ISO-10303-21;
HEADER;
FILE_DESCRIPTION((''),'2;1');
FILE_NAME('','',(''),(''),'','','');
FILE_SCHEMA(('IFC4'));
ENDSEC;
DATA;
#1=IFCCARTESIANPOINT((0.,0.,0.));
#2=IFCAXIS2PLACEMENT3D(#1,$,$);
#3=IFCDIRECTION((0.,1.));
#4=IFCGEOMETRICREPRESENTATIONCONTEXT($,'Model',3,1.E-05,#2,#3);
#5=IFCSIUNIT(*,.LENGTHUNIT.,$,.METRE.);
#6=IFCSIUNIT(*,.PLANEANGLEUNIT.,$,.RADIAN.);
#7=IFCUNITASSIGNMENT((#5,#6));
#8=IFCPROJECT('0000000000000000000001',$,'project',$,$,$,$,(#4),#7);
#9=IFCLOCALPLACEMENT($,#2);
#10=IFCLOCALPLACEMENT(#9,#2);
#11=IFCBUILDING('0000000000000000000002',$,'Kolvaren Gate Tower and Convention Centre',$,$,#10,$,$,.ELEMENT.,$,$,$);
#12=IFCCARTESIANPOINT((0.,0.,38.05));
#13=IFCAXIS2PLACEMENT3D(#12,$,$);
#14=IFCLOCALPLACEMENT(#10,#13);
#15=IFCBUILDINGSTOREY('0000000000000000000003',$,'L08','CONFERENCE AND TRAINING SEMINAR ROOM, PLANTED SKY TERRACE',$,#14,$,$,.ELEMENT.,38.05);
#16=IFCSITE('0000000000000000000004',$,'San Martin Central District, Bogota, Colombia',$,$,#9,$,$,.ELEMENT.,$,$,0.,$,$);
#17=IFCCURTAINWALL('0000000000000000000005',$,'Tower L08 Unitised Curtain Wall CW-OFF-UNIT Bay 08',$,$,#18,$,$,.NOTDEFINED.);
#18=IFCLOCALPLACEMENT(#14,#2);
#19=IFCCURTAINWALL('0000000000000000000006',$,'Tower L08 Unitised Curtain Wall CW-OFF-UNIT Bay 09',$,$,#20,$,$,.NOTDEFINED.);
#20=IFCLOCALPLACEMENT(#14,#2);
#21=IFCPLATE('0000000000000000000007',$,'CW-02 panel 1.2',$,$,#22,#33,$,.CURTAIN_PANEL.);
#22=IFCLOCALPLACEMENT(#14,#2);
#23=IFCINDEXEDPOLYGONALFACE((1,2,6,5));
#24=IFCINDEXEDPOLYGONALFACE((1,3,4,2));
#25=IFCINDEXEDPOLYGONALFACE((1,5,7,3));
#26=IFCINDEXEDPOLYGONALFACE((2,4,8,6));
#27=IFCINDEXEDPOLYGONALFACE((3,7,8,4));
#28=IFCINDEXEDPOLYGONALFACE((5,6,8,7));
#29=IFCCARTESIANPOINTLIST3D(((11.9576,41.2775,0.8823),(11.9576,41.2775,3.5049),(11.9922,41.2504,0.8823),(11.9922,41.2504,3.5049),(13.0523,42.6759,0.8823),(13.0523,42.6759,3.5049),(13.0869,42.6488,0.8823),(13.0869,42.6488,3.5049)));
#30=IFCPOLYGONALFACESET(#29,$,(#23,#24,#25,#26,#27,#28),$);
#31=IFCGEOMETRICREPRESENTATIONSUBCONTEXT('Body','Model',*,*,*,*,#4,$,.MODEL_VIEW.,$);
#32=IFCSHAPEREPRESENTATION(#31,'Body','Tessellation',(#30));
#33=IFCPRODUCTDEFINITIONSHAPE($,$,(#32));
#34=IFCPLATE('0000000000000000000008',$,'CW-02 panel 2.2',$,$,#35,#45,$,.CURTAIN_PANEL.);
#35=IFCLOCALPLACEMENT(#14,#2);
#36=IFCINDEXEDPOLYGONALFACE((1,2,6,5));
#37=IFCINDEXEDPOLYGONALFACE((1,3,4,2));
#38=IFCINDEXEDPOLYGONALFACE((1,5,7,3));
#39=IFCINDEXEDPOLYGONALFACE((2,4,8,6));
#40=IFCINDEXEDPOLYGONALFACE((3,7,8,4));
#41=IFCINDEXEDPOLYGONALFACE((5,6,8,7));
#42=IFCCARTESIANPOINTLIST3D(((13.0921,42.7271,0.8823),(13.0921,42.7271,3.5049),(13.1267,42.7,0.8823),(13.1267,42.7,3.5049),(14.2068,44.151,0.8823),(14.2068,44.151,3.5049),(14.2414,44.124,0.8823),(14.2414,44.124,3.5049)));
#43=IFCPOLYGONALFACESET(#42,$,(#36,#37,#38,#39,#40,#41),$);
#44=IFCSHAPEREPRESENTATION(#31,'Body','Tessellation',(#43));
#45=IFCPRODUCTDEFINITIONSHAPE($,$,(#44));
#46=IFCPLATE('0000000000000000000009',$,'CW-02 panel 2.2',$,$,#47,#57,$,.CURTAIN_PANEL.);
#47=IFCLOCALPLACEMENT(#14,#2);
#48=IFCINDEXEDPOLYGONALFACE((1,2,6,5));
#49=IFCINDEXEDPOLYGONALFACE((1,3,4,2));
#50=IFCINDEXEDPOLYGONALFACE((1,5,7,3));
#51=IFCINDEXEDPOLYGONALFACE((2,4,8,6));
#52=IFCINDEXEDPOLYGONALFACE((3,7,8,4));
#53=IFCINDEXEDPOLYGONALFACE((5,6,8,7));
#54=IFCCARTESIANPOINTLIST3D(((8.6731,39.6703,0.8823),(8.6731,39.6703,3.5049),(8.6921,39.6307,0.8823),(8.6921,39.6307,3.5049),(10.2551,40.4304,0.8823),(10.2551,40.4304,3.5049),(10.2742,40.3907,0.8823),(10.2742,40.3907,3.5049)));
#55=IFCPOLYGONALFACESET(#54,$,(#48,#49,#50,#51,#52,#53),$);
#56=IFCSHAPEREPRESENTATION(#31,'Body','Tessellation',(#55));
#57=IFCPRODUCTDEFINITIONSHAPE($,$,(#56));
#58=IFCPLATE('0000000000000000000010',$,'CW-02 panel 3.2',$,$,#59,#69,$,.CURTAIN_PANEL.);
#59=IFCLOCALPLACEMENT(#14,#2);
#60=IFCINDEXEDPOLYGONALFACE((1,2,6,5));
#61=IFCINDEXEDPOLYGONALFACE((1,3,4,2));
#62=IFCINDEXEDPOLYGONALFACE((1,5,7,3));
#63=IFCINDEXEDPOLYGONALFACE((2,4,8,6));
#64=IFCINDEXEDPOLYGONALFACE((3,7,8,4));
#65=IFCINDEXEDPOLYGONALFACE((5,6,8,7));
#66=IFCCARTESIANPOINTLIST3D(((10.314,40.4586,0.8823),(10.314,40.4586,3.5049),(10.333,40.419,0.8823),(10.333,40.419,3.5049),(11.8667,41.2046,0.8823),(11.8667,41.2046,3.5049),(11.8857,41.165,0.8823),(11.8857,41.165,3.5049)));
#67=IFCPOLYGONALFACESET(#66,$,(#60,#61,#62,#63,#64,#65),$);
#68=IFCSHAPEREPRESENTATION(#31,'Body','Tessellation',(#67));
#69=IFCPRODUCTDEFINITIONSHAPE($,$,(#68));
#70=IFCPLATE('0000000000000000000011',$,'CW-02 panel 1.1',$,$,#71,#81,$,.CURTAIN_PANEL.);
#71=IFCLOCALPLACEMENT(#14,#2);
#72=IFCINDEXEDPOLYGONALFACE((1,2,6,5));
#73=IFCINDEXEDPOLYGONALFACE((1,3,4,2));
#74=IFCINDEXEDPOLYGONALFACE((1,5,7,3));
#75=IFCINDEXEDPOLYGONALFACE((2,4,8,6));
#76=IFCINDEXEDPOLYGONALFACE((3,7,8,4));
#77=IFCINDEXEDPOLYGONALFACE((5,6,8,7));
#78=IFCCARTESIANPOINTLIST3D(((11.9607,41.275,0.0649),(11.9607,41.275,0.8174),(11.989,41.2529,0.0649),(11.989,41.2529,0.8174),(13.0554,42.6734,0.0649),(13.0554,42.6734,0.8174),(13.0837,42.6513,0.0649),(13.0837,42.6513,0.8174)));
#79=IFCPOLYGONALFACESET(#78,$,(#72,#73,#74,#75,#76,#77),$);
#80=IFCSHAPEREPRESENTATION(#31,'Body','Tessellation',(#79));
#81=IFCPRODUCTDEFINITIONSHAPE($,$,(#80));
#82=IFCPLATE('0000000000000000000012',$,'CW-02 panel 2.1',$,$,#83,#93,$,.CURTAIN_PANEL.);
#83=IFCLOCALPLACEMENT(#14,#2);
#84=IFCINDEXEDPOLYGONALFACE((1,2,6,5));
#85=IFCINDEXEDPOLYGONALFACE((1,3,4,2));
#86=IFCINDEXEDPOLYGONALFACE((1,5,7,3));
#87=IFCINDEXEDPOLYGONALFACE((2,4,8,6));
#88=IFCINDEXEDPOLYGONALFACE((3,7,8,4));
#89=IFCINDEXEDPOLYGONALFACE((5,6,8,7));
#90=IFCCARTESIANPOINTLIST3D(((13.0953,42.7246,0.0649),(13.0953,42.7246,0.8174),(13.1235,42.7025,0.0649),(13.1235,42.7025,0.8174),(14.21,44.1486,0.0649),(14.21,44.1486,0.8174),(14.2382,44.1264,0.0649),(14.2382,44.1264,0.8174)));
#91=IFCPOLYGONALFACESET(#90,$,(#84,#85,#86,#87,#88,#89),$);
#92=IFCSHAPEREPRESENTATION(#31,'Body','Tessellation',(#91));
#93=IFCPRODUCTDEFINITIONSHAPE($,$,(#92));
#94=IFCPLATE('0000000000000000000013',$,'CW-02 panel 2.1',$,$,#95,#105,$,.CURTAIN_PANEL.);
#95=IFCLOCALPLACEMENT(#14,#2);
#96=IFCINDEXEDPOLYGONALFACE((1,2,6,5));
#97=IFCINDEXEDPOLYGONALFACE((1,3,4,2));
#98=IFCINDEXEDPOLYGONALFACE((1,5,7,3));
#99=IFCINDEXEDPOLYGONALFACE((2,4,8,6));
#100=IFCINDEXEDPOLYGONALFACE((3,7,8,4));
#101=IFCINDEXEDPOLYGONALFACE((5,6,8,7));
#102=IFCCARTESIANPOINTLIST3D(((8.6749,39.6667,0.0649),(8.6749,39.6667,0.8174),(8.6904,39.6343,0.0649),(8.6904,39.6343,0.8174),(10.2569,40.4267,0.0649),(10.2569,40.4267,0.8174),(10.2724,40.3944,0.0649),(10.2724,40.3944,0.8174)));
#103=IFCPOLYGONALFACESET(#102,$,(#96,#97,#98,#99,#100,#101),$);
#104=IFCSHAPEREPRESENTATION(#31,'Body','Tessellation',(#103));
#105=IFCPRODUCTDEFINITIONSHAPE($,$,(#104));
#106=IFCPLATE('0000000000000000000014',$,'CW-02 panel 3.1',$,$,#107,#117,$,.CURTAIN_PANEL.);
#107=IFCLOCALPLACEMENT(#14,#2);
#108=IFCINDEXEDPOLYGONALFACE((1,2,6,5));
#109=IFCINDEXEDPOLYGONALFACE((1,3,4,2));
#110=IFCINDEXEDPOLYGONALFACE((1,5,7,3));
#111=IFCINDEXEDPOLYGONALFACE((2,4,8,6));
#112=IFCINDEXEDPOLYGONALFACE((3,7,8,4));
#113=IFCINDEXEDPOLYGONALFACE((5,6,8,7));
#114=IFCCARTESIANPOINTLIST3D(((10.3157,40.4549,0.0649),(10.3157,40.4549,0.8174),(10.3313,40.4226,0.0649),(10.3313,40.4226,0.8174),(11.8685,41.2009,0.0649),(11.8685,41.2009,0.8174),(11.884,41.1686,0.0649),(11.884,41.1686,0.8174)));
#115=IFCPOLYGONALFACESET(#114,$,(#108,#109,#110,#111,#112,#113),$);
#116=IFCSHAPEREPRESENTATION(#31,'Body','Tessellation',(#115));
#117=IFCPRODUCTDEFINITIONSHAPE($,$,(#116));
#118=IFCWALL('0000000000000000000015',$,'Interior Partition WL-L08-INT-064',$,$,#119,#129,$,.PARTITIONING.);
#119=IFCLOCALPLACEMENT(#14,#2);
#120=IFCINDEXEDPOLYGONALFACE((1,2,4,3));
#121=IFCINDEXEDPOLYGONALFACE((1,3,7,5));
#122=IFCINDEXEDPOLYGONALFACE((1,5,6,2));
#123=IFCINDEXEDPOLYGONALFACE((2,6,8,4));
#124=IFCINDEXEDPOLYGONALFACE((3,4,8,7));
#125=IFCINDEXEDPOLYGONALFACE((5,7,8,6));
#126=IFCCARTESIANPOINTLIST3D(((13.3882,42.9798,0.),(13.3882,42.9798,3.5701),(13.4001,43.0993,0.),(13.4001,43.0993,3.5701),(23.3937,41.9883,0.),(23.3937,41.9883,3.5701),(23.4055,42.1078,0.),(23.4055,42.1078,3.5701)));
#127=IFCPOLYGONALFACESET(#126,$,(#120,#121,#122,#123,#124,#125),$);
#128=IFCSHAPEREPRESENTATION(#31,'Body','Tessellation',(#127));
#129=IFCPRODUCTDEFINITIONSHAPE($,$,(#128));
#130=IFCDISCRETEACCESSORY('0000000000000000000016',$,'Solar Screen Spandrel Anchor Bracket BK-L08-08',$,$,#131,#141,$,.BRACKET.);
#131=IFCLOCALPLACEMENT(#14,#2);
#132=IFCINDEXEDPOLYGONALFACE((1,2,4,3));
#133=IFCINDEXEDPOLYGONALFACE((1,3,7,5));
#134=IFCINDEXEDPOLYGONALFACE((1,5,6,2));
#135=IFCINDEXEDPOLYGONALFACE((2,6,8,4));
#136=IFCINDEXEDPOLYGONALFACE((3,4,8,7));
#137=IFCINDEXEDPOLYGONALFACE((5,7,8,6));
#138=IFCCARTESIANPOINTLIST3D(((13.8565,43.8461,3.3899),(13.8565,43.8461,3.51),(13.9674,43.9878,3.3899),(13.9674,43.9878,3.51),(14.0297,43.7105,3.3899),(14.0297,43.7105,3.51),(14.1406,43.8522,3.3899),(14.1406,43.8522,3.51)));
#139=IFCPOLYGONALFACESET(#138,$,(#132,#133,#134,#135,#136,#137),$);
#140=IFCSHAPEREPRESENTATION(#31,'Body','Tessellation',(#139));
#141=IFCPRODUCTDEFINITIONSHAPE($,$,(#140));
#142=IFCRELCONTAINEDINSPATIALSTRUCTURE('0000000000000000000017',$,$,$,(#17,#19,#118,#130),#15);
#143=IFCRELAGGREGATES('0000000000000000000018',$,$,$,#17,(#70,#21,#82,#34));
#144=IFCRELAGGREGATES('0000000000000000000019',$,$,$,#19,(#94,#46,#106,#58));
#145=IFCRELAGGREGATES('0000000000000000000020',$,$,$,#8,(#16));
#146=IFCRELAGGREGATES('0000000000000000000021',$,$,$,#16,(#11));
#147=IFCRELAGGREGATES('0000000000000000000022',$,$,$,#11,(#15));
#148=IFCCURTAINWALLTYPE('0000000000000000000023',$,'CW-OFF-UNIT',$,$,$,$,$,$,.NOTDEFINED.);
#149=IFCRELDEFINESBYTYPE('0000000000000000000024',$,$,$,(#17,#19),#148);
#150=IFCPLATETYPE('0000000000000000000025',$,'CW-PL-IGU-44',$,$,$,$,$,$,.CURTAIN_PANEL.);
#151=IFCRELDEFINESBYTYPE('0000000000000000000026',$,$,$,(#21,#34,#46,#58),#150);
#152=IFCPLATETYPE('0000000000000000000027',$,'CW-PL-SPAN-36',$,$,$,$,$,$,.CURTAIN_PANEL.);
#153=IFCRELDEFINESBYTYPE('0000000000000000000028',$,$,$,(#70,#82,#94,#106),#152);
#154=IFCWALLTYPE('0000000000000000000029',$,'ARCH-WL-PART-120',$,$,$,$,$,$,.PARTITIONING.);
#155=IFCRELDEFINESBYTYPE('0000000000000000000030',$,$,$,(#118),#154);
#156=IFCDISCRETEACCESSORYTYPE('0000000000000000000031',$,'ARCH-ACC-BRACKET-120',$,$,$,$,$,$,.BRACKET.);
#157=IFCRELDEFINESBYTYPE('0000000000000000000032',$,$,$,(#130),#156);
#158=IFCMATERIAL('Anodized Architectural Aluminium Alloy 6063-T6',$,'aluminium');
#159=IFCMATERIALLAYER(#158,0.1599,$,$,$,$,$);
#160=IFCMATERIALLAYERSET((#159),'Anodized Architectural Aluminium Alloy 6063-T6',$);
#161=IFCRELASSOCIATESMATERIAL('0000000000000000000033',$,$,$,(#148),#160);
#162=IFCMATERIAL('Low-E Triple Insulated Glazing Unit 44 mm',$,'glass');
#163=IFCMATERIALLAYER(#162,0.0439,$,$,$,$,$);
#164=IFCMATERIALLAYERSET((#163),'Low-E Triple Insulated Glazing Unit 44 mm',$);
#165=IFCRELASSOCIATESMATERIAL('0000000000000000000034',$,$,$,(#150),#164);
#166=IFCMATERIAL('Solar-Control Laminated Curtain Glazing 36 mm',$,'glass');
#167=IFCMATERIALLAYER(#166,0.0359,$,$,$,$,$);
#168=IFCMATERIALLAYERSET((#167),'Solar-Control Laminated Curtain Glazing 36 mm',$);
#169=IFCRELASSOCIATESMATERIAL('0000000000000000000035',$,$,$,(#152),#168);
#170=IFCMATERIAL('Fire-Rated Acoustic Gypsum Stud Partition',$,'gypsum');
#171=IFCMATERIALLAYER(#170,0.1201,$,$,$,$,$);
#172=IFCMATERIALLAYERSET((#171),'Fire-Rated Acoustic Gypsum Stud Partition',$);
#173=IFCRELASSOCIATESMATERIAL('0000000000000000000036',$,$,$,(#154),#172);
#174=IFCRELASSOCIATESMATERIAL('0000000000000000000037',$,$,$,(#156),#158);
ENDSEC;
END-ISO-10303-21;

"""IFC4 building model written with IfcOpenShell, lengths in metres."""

from ifc_helpers import new_model, si_unit, direction, frame, frame_2d, origin, origin_2d, place, context, subcontext, project, spatial, rectangle, extrude, material, layer, layer_set, type_object, element, aggregate, save


model = new_model("IFC4")

# Units and contexts
model_context = context("Model", 3, precision=1e-05, world=origin(), true_north=direction((0.0, 1.0)))
body_context = subcontext(model_context, "Body", "Model", "MODEL_VIEW")
ifc_project = project(units=[si_unit("LENGTHUNIT", "METRE"), si_unit("PLANEANGLEUNIT", "RADIAN")], contexts=[model_context])

# Site, building, storey
site_placement = place(None, origin())
site = spatial("IfcSite", under=ifc_project, at=site_placement, Name="San Martin Central District, Bogota, Colombia", CompositionType="ELEMENT", RefElevation=0.0)
building_placement = place(site_placement, origin())
building = spatial("IfcBuilding", under=site, at=building_placement, Name="Kolvaren Gate Tower and Convention Centre", CompositionType="ELEMENT")
storey_placement = place(building_placement, frame((0.0, 0.0, 38.05)))
storey = spatial("IfcBuildingStorey", under=building, at=storey_placement, Name="L08", Description="CONFERENCE AND TRAINING SEMINAR ROOM, PLANTED SKY TERRACE", CompositionType="ELEMENT", Elevation=38.05)

# Curtain walls
ifc_material_1 = material(Name="Anodized Architectural Aluminium Alloy 6063-T6", Category="aluminium")
ifc_layer_1 = layer(ifc_material_1, 0.1599)
ifc_layer_set_1 = layer_set([ifc_layer_1], Name="Anodized Architectural Aluminium Alloy 6063-T6")
curtain_wall_type = type_object("IfcCurtainWallType", Name="CW-OFF-UNIT", PredefinedType="NOTDEFINED", material=ifc_layer_set_1)
curtain_wall_1_placement = place(storey_placement, origin())
curtain_wall_1 = element("IfcCurtainWall", 1, at=curtain_wall_1_placement, inside=storey, type_object=curtain_wall_type, Name="Tower L08 Unitised Curtain Wall CW-OFF-UNIT Bay 08", PredefinedType="NOTDEFINED")
curtain_wall_2_placement = place(storey_placement, origin())
curtain_wall_2 = element("IfcCurtainWall", 2, at=curtain_wall_2_placement, inside=storey, type_object=curtain_wall_type, Name="Tower L08 Unitised Curtain Wall CW-OFF-UNIT Bay 09", PredefinedType="NOTDEFINED")

# Plates
ifc_material_2 = material(Name="Low-E Triple Insulated Glazing Unit 44 mm", Category="glass")
ifc_layer_2 = layer(ifc_material_2, 0.0439)
ifc_layer_set_2 = layer_set([ifc_layer_2], Name="Low-E Triple Insulated Glazing Unit 44 mm")
plate_type_1 = type_object("IfcPlateType", Name="CW-PL-IGU-44", PredefinedType="CURTAIN_PANEL", material=ifc_layer_set_2)
plate_1_placement = place(storey_placement, frame((12.5222, 41.9631, 0.8823), z_axis=(0.0, 0.0, 1.0), x_axis=(0.616421, 0.787417, 0.0)))
plate_1 = element("IfcPlate", 3, at=plate_1_placement, type_object=plate_type_1, Name="CW-02 panel 1.2", PredefinedType="CURTAIN_PANEL", context=body_context, shape_type="SweptSolid", body=[
    extrude(rectangle(XDim=1.7759, YDim=0.0439, at=origin_2d()), origin(), (0.0, 0.0, 1.0), 2.6226),
])
plate_2_placement = place(storey_placement, frame((13.6667, 43.4255, 0.8823), z_axis=(0.0, 0.0, 1.0), x_axis=(0.616421, 0.787417, 0.0)))
plate_2 = element("IfcPlate", 4, at=plate_2_placement, type_object=plate_type_1, Name="CW-02 panel 2.2", PredefinedType="CURTAIN_PANEL", context=body_context, shape_type="SweptSolid", body=[
    extrude(rectangle(XDim=1.8083, YDim=0.0439, at=origin_2d()), origin(), (0.0, 0.0, 1.0), 2.6226),
])
plate_3_placement = place(storey_placement, frame((9.4736, 40.0305, 0.8823), z_axis=(0.0, 0.0, 1.0), x_axis=(0.901367, 0.433057, 0.0)))
plate_3 = element("IfcPlate", 5, at=plate_3_placement, type_object=plate_type_1, Name="CW-02 panel 2.2", PredefinedType="CURTAIN_PANEL", context=body_context, shape_type="SweptSolid", body=[
    extrude(rectangle(XDim=1.7551, YDim=0.0439, at=origin_2d()), origin(), (0.0, 0.0, 1.0), 2.6226),
])
plate_4_placement = place(storey_placement, frame((11.0999, 40.8118, 0.8823), z_axis=(0.0, 0.0, 1.0), x_axis=(0.901367, 0.433057, 0.0)))
plate_4 = element("IfcPlate", 6, at=plate_4_placement, type_object=plate_type_1, Name="CW-02 panel 3.2", PredefinedType="CURTAIN_PANEL", context=body_context, shape_type="SweptSolid", body=[
    extrude(rectangle(XDim=1.7227, YDim=0.0439, at=origin_2d()), origin(), (0.0, 0.0, 1.0), 2.6226),
])
ifc_material_3 = material(Name="Solar-Control Laminated Curtain Glazing 36 mm", Category="glass")
ifc_layer_3 = layer(ifc_material_3, 0.0359)
ifc_layer_set_3 = layer_set([ifc_layer_3], Name="Solar-Control Laminated Curtain Glazing 36 mm")
plate_type_2 = type_object("IfcPlateType", Name="CW-PL-SPAN-36", PredefinedType="CURTAIN_PANEL", material=ifc_layer_set_3)
plate_5_placement = place(storey_placement, frame((12.5222, 41.9631, 0.0649), z_axis=(0.0, 0.0, 1.0), x_axis=(0.616421, 0.787417, 0.0)))
plate_5 = element("IfcPlate", 7, at=plate_5_placement, type_object=plate_type_2, Name="CW-02 panel 1.1", PredefinedType="CURTAIN_PANEL", context=body_context, shape_type="SweptSolid", body=[
    extrude(rectangle(XDim=1.7759, YDim=0.0359, at=origin_2d()), origin(), (0.0, 0.0, 1.0), 0.7524),
])
plate_6_placement = place(storey_placement, frame((13.6667, 43.4255, 0.0649), z_axis=(0.0, 0.0, 1.0), x_axis=(0.616421, 0.787417, 0.0)))
plate_6 = element("IfcPlate", 8, at=plate_6_placement, type_object=plate_type_2, Name="CW-02 panel 2.1", PredefinedType="CURTAIN_PANEL", context=body_context, shape_type="SweptSolid", body=[
    extrude(rectangle(XDim=1.8083, YDim=0.0359, at=origin_2d()), origin(), (0.0, 0.0, 1.0), 0.7524),
])
aggregate(curtain_wall_1, [plate_5, plate_1, plate_6, plate_2])
plate_7_placement = place(storey_placement, frame((9.4736, 40.0305, 0.0649), z_axis=(0.0, 0.0, 1.0), x_axis=(0.901367, 0.433057, 0.0)))
plate_7 = element("IfcPlate", 9, at=plate_7_placement, type_object=plate_type_2, Name="CW-02 panel 2.1", PredefinedType="CURTAIN_PANEL", context=body_context, shape_type="SweptSolid", body=[
    extrude(rectangle(XDim=1.7551, YDim=0.0359, at=origin_2d()), origin(), (0.0, 0.0, 1.0), 0.7524),
])
plate_8_placement = place(storey_placement, frame((11.0999, 40.8118, 0.0649), z_axis=(0.0, 0.0, 1.0), x_axis=(0.901367, 0.433057, 0.0)))
plate_8 = element("IfcPlate", 10, at=plate_8_placement, type_object=plate_type_2, Name="CW-02 panel 3.1", PredefinedType="CURTAIN_PANEL", context=body_context, shape_type="SweptSolid", body=[
    extrude(rectangle(XDim=1.7227, YDim=0.0359, at=origin_2d()), origin(), (0.0, 0.0, 1.0), 0.7524),
])
aggregate(curtain_wall_2, [plate_7, plate_3, plate_8, plate_4])

# Wall
ifc_material_4 = material(Name="Fire-Rated Acoustic Gypsum Stud Partition", Category="gypsum")
ifc_layer_4 = layer(ifc_material_4, 0.1201)
ifc_layer_set_4 = layer_set([ifc_layer_4], Name="Fire-Rated Acoustic Gypsum Stud Partition")
wall_type = type_object("IfcWallType", Name="ARCH-WL-PART-120", PredefinedType="PARTITIONING", material=ifc_layer_set_4)
wall_placement = place(storey_placement, frame((13.394, 43.0396, 0.0), z_axis=(0.0, 0.0, 1.0), x_axis=(0.995126, -0.098609, 0.0)))
element("IfcWall", 11, at=wall_placement, inside=storey, type_object=wall_type, Name="Interior Partition WL-L08-INT-064", PredefinedType="PARTITIONING", context=body_context, shape_type="SweptSolid", body=[
    extrude(rectangle(XDim=10.0544, YDim=0.1201, at=frame_2d((5.0273, 0.0))), origin(), (0.0, 0.0, 1.0), 3.5701),
])

# Discrete accessory
discrete_accessory_type = type_object("IfcDiscreteAccessoryType", Name="ARCH-ACC-BRACKET-120", PredefinedType="BRACKET", material=ifc_material_1)
discrete_accessory_placement = place(storey_placement, frame((13.9985, 43.8491, 3.3899), z_axis=(0.0, 0.0, 1.0), x_axis=(0.616424, 0.787414, 0.0)))
element("IfcDiscreteAccessory", 12, at=discrete_accessory_placement, inside=storey, type_object=discrete_accessory_type, Name="Solar Screen Spandrel Anchor Bracket BK-L08-08", PredefinedType="BRACKET", context=body_context, shape_type="SweptSolid", body=[
    extrude(rectangle(XDim=0.1799, YDim=0.22, at=origin_2d()), origin(), (0.0, 0.0, 1.0), 0.1201),
])

save(model, "model.ifc")
